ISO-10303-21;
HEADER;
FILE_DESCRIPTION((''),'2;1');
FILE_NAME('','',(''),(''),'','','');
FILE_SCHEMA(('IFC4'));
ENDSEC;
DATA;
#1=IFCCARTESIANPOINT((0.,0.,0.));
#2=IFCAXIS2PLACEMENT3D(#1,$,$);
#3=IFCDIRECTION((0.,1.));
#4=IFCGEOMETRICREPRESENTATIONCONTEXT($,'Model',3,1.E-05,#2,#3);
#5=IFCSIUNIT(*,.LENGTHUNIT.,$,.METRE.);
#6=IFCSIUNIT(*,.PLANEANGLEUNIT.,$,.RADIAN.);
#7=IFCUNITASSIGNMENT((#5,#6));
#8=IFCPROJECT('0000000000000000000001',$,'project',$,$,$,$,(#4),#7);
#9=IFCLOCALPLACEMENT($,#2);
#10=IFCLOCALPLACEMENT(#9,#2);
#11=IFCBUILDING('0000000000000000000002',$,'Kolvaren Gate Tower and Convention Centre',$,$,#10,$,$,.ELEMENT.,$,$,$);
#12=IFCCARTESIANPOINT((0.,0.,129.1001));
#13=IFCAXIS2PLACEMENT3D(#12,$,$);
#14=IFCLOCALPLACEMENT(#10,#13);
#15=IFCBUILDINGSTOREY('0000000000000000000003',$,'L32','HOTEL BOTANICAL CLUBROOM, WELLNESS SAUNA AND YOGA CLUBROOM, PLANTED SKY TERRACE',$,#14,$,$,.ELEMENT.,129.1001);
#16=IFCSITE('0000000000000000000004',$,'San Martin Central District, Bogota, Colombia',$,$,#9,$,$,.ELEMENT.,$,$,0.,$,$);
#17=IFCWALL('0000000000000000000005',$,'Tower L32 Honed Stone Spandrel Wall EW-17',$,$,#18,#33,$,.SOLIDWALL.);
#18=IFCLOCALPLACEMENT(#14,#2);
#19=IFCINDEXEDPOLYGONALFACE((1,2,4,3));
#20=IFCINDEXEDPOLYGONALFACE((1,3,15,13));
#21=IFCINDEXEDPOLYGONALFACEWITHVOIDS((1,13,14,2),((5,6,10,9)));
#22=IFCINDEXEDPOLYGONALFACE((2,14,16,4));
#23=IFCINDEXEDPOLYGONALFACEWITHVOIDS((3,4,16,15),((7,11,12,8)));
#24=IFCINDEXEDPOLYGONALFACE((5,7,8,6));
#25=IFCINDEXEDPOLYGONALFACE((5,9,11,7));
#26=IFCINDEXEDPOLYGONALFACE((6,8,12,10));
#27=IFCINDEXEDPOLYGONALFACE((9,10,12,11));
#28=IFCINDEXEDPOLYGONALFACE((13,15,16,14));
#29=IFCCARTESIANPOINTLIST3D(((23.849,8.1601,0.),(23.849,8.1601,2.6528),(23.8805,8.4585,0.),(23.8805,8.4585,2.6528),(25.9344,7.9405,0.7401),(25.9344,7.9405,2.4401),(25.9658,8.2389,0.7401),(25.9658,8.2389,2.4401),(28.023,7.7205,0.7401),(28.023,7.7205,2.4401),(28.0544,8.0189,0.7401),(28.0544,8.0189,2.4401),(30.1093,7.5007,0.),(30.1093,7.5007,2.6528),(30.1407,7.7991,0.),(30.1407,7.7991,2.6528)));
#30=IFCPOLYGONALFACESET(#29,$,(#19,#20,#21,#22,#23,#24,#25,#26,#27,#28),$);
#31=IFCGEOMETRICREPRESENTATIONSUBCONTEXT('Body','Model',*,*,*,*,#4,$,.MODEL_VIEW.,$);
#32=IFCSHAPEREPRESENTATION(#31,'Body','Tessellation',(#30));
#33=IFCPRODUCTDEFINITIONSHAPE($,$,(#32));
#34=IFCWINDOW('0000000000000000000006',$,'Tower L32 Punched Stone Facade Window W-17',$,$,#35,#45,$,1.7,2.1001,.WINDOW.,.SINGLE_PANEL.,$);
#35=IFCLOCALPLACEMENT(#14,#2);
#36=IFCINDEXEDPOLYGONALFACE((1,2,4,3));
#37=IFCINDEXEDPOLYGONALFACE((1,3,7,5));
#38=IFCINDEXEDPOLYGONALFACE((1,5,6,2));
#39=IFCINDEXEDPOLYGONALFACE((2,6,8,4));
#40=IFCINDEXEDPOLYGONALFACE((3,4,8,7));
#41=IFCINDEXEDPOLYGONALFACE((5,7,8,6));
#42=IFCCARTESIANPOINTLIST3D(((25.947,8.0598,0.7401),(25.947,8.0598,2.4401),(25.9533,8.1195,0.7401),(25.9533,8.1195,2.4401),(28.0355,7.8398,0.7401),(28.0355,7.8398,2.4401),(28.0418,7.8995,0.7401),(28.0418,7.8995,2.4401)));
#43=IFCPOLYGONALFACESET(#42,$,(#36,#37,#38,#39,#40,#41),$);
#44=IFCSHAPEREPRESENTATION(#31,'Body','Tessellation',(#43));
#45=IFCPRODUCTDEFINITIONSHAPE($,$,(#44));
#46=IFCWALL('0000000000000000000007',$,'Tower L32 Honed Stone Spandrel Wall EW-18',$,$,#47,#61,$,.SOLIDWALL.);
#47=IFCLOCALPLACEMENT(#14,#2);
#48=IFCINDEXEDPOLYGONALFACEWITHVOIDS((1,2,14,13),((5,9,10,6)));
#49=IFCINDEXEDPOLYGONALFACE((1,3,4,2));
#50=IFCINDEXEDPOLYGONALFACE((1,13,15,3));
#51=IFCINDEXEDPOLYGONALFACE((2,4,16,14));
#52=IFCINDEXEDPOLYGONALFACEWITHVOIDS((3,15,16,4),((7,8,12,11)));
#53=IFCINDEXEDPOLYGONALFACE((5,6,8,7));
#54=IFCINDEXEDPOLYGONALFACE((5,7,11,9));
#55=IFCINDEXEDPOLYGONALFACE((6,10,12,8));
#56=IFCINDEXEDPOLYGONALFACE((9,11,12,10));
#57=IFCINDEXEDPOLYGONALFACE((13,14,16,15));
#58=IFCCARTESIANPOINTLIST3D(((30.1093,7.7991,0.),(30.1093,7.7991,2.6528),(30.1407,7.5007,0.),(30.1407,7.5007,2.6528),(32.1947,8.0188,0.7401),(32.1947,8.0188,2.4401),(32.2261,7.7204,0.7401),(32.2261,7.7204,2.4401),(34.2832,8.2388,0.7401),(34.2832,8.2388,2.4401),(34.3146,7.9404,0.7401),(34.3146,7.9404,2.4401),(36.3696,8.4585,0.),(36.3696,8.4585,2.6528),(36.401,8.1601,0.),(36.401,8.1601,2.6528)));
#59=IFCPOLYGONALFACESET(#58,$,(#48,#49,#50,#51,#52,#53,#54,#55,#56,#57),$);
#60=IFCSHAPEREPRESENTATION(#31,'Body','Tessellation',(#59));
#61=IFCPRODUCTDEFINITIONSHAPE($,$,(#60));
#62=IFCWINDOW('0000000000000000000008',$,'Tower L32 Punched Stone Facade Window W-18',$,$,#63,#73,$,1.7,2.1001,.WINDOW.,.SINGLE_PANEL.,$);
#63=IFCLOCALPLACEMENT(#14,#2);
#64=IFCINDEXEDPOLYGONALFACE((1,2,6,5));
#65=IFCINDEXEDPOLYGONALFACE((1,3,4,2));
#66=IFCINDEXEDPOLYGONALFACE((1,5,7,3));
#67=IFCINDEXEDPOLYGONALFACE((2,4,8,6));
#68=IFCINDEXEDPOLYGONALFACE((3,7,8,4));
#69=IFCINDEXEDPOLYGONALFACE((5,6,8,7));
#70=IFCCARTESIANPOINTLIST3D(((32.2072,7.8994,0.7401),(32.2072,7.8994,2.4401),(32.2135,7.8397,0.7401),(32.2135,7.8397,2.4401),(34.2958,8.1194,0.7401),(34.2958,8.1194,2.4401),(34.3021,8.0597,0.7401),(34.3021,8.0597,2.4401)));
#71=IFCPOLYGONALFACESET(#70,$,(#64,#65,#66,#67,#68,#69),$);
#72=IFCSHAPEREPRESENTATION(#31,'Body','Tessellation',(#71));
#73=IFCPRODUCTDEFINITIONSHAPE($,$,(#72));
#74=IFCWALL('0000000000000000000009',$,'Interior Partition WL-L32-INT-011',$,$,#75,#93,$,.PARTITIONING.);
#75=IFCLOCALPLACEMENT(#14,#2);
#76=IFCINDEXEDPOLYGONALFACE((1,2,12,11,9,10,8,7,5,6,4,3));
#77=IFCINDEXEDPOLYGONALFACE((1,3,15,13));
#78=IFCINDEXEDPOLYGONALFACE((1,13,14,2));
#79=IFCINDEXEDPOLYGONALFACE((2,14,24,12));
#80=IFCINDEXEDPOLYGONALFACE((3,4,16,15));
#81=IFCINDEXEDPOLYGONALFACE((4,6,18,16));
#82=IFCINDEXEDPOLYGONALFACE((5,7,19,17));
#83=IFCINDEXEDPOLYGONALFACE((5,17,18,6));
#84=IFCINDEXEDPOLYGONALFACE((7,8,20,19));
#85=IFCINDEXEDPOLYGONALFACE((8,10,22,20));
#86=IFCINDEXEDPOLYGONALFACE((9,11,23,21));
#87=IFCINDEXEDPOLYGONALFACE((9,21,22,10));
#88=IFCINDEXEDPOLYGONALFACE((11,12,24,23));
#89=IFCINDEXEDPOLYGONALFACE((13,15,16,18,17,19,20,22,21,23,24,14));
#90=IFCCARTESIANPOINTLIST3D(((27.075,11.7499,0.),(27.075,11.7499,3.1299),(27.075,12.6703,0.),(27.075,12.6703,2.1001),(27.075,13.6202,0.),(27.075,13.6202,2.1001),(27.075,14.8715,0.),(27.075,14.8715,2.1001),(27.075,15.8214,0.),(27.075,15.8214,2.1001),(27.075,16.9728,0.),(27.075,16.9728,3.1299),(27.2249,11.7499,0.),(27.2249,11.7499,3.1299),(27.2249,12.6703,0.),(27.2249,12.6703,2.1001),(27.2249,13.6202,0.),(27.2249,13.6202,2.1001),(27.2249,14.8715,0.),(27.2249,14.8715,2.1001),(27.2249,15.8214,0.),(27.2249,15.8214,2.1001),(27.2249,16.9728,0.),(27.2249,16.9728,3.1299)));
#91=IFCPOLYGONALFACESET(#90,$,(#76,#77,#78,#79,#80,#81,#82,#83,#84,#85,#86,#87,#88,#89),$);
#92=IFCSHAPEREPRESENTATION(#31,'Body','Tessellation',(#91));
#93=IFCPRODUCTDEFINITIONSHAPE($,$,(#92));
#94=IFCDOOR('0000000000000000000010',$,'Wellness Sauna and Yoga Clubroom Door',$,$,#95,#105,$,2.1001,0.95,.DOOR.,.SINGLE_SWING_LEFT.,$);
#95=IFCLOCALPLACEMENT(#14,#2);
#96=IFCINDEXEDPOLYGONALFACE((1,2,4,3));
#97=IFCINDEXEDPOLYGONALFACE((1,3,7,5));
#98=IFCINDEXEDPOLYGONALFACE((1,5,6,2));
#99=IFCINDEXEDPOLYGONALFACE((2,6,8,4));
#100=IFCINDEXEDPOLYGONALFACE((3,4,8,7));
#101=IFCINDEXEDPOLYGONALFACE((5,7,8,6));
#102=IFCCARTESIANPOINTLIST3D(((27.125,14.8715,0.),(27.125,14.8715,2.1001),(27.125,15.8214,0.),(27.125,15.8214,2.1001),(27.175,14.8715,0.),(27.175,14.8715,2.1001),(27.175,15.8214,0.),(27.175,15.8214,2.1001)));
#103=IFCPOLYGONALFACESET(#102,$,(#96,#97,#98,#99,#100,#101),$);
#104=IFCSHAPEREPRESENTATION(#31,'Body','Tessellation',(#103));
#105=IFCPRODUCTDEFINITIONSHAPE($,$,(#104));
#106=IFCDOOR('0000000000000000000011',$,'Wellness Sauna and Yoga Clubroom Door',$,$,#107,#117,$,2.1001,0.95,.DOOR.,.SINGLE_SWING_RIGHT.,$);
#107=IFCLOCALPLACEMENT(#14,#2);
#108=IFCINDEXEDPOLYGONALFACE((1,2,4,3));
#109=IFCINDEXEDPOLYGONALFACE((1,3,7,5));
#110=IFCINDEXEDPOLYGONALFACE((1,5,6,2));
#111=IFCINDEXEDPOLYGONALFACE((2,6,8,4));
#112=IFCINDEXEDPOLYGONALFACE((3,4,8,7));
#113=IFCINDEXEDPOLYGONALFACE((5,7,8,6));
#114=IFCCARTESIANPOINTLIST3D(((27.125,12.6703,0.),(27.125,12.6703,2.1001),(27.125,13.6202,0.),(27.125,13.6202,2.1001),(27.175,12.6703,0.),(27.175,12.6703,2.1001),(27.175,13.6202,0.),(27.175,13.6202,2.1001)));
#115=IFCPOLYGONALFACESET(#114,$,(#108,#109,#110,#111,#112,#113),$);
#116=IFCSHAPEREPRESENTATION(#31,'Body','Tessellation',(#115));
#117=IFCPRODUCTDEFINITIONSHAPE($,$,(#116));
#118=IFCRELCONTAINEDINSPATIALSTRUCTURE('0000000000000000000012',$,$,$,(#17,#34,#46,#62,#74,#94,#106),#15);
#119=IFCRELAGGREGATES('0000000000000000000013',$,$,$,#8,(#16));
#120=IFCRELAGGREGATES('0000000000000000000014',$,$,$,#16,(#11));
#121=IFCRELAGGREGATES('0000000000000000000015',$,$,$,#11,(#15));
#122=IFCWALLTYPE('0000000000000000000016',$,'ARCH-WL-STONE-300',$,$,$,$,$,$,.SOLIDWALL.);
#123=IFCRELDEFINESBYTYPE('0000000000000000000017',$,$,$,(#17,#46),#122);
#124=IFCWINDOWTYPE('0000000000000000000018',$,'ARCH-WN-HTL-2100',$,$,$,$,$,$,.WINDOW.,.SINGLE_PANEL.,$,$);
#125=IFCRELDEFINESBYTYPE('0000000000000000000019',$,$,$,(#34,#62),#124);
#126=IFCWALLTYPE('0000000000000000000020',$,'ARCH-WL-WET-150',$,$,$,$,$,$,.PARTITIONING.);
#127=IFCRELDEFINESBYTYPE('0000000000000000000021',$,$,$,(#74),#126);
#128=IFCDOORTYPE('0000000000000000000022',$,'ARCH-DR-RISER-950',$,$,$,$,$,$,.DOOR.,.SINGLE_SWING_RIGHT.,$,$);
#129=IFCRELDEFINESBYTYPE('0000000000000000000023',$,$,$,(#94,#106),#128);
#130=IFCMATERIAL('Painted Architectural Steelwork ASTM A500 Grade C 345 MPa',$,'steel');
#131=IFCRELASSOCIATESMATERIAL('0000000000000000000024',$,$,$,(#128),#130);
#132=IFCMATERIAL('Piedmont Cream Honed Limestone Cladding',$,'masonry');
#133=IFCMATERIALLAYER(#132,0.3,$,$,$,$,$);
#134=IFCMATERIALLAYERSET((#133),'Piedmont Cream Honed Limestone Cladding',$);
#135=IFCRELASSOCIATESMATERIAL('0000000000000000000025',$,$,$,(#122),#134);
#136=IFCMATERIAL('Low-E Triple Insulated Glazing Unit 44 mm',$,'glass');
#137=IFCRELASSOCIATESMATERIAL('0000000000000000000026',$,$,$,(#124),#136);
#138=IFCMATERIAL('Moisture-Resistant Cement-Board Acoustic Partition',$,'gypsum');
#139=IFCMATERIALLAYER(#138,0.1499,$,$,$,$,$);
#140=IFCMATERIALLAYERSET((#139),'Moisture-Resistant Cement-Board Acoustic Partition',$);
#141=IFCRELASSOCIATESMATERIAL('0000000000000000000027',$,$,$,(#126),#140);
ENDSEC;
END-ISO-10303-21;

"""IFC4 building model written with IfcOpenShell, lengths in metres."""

from ifc_helpers import new_model, si_unit, direction, frame, frame_2d, origin, place, context, subcontext, project, spatial, rectangle, extrude, material, layer, layer_set, type_object, element, fill, save


model = new_model("IFC4")

# Units and contexts
model_context = context("Model", 3, precision=1e-05, world=origin(), true_north=direction((0.0, 1.0)))
body_context = subcontext(model_context, "Body", "Model", "MODEL_VIEW")
ifc_project = project(units=[si_unit("LENGTHUNIT", "METRE"), si_unit("PLANEANGLEUNIT", "RADIAN")], contexts=[model_context])

# Site, building, storey
site_placement = place(None, origin())
site = spatial("IfcSite", under=ifc_project, at=site_placement, Name="San Martin Central District, Bogota, Colombia", CompositionType="ELEMENT", RefElevation=0.0)
building_placement = place(site_placement, origin())
building = spatial("IfcBuilding", under=site, at=building_placement, Name="Kolvaren Gate Tower and Convention Centre", CompositionType="ELEMENT")
storey_placement = place(building_placement, frame((0.0, 0.0, 129.1001)))
storey = spatial("IfcBuildingStorey", under=building, at=storey_placement, Name="L32", Description="HOTEL BOTANICAL CLUBROOM, WELLNESS SAUNA AND YOGA CLUBROOM, PLANTED SKY TERRACE", CompositionType="ELEMENT", Elevation=129.1001)

# Shared definitions
ifc_material_1 = material(Name="Painted Architectural Steelwork ASTM A500 Grade C 345 MPa", Category="steel")
door_type = type_object("IfcDoorType", Name="ARCH-DR-RISER-950", OperationType="SINGLE_SWING_RIGHT", PredefinedType="DOOR", material=ifc_material_1)

# Shared definitions
ifc_material_2 = material(Name="Piedmont Cream Honed Limestone Cladding", Category="masonry")

# Walls, openings, windows
ifc_layer_1 = layer(ifc_material_2, 0.3)
ifc_layer_set_1 = layer_set([ifc_layer_1], Name="Piedmont Cream Honed Limestone Cladding")
wall_type_1 = type_object("IfcWallType", Name="ARCH-WL-STONE-300", PredefinedType="SOLIDWALL", material=ifc_layer_set_1)
wall_1_placement = place(storey_placement, frame((23.8647, 8.3093, 0.0), z_axis=(0.0, 0.0, 1.0), x_axis=(0.994498, -0.104755, 0.0)))
wall_1 = element("IfcWall", 1, at=wall_1_placement, inside=storey, type_object=wall_type_1, Name="Tower L32 Honed Stone Spandrel Wall EW-17", PredefinedType="SOLIDWALL", context=body_context, shape_type="SweptSolid", body=[
    extrude(rectangle(XDim=6.2949, YDim=0.3, at=frame_2d((3.1475, 0.0))), origin(), (0.0, 0.0, 1.0), 2.6528),
])
opening_1_placement = place(wall_1_placement, frame((2.0969, 0.0, 0.74)))
opening_1 = element("IfcOpeningElement", 2, at=opening_1_placement, cuts=wall_1, PredefinedType="OPENING", context=body_context, shape_type="SweptSolid", body=[
    extrude(rectangle(XDim=2.1001, YDim=1.7, at=frame_2d((1.05, 0.8501))), frame((0.0, 0.1599, 0.0), z_axis=(0.0, -1.0, 0.0), x_axis=(1.0, 0.0, 0.0)), (0.0, 0.0, 1.0), 0.3201),
])
ifc_material_3 = material(Name="Low-E Triple Insulated Glazing Unit 44 mm", Category="glass")
window_type = type_object("IfcWindowType", Name="ARCH-WN-HTL-2100", PartitioningType="SINGLE_PANEL", PredefinedType="WINDOW", material=ifc_material_3)
window_1_placement = place(opening_1_placement, origin())
window_1 = element("IfcWindow", 3, at=window_1_placement, inside=storey, type_object=window_type, Name="Tower L32 Punched Stone Facade Window W-17", OverallHeight=1.7, OverallWidth=2.1001, PartitioningType="SINGLE_PANEL", PredefinedType="WINDOW", context=body_context, shape_type="SweptSolid", body=[
    extrude(rectangle(XDim=2.1001, YDim=1.7, at=frame_2d((1.05, 0.8501))), frame((0.0, 0.03, 0.0), z_axis=(0.0, -1.0, 0.0), x_axis=(1.0, 0.0, 0.0)), (0.0, 0.0, 1.0), 0.0601),
])
fill(opening_1, window_1)
wall_2_placement = place(storey_placement, frame((30.125, 7.6499, 0.0), z_axis=(0.0, 0.0, 1.0), x_axis=(0.994498, 0.104755, 0.0)))
wall_2 = element("IfcWall", 4, at=wall_2_placement, inside=storey, type_object=wall_type_1, Name="Tower L32 Honed Stone Spandrel Wall EW-18", PredefinedType="SOLIDWALL", context=body_context, shape_type="SweptSolid", body=[
    extrude(rectangle(XDim=6.2949, YDim=0.3, at=frame_2d((3.1475, 0.0))), origin(), (0.0, 0.0, 1.0), 2.6528),
])
opening_2_placement = place(wall_2_placement, frame((2.0969, 0.0, 0.74)))
opening_2 = element("IfcOpeningElement", 5, at=opening_2_placement, cuts=wall_2, PredefinedType="OPENING", context=body_context, shape_type="SweptSolid", body=[
    extrude(rectangle(XDim=2.1001, YDim=1.7, at=frame_2d((1.05, 0.8501))), frame((0.0, 0.1599, 0.0), z_axis=(0.0, -1.0, 0.0), x_axis=(1.0, 0.0, 0.0)), (0.0, 0.0, 1.0), 0.3201),
])
window_2_placement = place(opening_2_placement, origin())
window_2 = element("IfcWindow", 6, at=window_2_placement, inside=storey, type_object=window_type, Name="Tower L32 Punched Stone Facade Window W-18", OverallHeight=1.7, OverallWidth=2.1001, PartitioningType="SINGLE_PANEL", PredefinedType="WINDOW", context=body_context, shape_type="SweptSolid", body=[
    extrude(rectangle(XDim=2.1001, YDim=1.7, at=frame_2d((1.05, 0.8501))), frame((0.0, 0.03, 0.0), z_axis=(0.0, -1.0, 0.0), x_axis=(1.0, 0.0, 0.0)), (0.0, 0.0, 1.0), 0.0601),
])
fill(opening_2, window_2)

# Wall, openings, doors
ifc_material_4 = material(Name="Moisture-Resistant Cement-Board Acoustic Partition", Category="gypsum")
ifc_layer_2 = layer(ifc_material_4, 0.1499)
ifc_layer_set_2 = layer_set([ifc_layer_2], Name="Moisture-Resistant Cement-Board Acoustic Partition")
wall_type_2 = type_object("IfcWallType", Name="ARCH-WL-WET-150", PredefinedType="PARTITIONING", material=ifc_layer_set_2)
wall_3_placement = place(storey_placement, frame((27.1499, 11.75, 0.0), z_axis=(0.0, 0.0, 1.0), x_axis=(0.0, 1.0, 0.0)))
wall_3 = element("IfcWall", 7, at=wall_3_placement, inside=storey, type_object=wall_type_2, Name="Interior Partition WL-L32-INT-011", PredefinedType="PARTITIONING", context=body_context, shape_type="SweptSolid", body=[
    extrude(rectangle(XDim=5.2229, YDim=0.1499, at=frame_2d((2.6113, 0.0))), origin(), (0.0, 0.0, 1.0), 3.1299),
])
opening_3_placement = place(wall_3_placement, frame((3.1213, 0.0, 0.0)))
opening_3 = element("IfcOpeningElement", 8, at=opening_3_placement, cuts=wall_3, PredefinedType="OPENING", context=body_context, shape_type="SweptSolid", body=[
    extrude(rectangle(XDim=0.95, YDim=2.1001, at=frame_2d((0.4751, 1.05))), frame((0.0, 0.085, 0.0), z_axis=(0.0, -1.0, 0.0), x_axis=(1.0, 0.0, 0.0)), (0.0, 0.0, 1.0), 0.1699),
])
opening_4_placement = place(wall_3_placement, frame((0.9202, 0.0, 0.0)))
opening_4 = element("IfcOpeningElement", 9, at=opening_4_placement, cuts=wall_3, PredefinedType="OPENING", context=body_context, shape_type="SweptSolid", body=[
    extrude(rectangle(XDim=0.95, YDim=2.1001, at=frame_2d((0.4751, 1.05))), frame((0.0, 0.085, 0.0), z_axis=(0.0, -1.0, 0.0), x_axis=(1.0, 0.0, 0.0)), (0.0, 0.0, 1.0), 0.1699),
])
door_1_placement = place(opening_3_placement, origin())
door_1 = element("IfcDoor", 10, at=door_1_placement, inside=storey, type_object=door_type, Name="Wellness Sauna and Yoga Clubroom Door", OperationType="SINGLE_SWING_LEFT", OverallHeight=2.1001, OverallWidth=0.95, PredefinedType="DOOR", context=body_context, shape_type="SweptSolid", body=[
    extrude(rectangle(XDim=0.95, YDim=2.1001, at=frame_2d((0.4751, 1.05))), frame((0.0, 0.0249, 0.0), z_axis=(0.0, -1.0, 0.0), x_axis=(1.0, 0.0, 0.0)), (0.0, 0.0, 1.0), 0.05),
])
fill(opening_3, door_1)
door_2_placement = place(opening_4_placement, origin())
door_2 = element("IfcDoor", 11, at=door_2_placement, inside=storey, type_object=door_type, Name="Wellness Sauna and Yoga Clubroom Door", OperationType="SINGLE_SWING_RIGHT", OverallHeight=2.1001, OverallWidth=0.95, PredefinedType="DOOR", context=body_context, shape_type="SweptSolid", body=[
    extrude(rectangle(XDim=0.95, YDim=2.1001, at=frame_2d((0.4751, 1.05))), frame((0.0, 0.0249, 0.0), z_axis=(0.0, -1.0, 0.0), x_axis=(1.0, 0.0, 0.0)), (0.0, 0.0, 1.0), 0.05),
])
fill(opening_4, door_2)

save(model, "model.ifc")
